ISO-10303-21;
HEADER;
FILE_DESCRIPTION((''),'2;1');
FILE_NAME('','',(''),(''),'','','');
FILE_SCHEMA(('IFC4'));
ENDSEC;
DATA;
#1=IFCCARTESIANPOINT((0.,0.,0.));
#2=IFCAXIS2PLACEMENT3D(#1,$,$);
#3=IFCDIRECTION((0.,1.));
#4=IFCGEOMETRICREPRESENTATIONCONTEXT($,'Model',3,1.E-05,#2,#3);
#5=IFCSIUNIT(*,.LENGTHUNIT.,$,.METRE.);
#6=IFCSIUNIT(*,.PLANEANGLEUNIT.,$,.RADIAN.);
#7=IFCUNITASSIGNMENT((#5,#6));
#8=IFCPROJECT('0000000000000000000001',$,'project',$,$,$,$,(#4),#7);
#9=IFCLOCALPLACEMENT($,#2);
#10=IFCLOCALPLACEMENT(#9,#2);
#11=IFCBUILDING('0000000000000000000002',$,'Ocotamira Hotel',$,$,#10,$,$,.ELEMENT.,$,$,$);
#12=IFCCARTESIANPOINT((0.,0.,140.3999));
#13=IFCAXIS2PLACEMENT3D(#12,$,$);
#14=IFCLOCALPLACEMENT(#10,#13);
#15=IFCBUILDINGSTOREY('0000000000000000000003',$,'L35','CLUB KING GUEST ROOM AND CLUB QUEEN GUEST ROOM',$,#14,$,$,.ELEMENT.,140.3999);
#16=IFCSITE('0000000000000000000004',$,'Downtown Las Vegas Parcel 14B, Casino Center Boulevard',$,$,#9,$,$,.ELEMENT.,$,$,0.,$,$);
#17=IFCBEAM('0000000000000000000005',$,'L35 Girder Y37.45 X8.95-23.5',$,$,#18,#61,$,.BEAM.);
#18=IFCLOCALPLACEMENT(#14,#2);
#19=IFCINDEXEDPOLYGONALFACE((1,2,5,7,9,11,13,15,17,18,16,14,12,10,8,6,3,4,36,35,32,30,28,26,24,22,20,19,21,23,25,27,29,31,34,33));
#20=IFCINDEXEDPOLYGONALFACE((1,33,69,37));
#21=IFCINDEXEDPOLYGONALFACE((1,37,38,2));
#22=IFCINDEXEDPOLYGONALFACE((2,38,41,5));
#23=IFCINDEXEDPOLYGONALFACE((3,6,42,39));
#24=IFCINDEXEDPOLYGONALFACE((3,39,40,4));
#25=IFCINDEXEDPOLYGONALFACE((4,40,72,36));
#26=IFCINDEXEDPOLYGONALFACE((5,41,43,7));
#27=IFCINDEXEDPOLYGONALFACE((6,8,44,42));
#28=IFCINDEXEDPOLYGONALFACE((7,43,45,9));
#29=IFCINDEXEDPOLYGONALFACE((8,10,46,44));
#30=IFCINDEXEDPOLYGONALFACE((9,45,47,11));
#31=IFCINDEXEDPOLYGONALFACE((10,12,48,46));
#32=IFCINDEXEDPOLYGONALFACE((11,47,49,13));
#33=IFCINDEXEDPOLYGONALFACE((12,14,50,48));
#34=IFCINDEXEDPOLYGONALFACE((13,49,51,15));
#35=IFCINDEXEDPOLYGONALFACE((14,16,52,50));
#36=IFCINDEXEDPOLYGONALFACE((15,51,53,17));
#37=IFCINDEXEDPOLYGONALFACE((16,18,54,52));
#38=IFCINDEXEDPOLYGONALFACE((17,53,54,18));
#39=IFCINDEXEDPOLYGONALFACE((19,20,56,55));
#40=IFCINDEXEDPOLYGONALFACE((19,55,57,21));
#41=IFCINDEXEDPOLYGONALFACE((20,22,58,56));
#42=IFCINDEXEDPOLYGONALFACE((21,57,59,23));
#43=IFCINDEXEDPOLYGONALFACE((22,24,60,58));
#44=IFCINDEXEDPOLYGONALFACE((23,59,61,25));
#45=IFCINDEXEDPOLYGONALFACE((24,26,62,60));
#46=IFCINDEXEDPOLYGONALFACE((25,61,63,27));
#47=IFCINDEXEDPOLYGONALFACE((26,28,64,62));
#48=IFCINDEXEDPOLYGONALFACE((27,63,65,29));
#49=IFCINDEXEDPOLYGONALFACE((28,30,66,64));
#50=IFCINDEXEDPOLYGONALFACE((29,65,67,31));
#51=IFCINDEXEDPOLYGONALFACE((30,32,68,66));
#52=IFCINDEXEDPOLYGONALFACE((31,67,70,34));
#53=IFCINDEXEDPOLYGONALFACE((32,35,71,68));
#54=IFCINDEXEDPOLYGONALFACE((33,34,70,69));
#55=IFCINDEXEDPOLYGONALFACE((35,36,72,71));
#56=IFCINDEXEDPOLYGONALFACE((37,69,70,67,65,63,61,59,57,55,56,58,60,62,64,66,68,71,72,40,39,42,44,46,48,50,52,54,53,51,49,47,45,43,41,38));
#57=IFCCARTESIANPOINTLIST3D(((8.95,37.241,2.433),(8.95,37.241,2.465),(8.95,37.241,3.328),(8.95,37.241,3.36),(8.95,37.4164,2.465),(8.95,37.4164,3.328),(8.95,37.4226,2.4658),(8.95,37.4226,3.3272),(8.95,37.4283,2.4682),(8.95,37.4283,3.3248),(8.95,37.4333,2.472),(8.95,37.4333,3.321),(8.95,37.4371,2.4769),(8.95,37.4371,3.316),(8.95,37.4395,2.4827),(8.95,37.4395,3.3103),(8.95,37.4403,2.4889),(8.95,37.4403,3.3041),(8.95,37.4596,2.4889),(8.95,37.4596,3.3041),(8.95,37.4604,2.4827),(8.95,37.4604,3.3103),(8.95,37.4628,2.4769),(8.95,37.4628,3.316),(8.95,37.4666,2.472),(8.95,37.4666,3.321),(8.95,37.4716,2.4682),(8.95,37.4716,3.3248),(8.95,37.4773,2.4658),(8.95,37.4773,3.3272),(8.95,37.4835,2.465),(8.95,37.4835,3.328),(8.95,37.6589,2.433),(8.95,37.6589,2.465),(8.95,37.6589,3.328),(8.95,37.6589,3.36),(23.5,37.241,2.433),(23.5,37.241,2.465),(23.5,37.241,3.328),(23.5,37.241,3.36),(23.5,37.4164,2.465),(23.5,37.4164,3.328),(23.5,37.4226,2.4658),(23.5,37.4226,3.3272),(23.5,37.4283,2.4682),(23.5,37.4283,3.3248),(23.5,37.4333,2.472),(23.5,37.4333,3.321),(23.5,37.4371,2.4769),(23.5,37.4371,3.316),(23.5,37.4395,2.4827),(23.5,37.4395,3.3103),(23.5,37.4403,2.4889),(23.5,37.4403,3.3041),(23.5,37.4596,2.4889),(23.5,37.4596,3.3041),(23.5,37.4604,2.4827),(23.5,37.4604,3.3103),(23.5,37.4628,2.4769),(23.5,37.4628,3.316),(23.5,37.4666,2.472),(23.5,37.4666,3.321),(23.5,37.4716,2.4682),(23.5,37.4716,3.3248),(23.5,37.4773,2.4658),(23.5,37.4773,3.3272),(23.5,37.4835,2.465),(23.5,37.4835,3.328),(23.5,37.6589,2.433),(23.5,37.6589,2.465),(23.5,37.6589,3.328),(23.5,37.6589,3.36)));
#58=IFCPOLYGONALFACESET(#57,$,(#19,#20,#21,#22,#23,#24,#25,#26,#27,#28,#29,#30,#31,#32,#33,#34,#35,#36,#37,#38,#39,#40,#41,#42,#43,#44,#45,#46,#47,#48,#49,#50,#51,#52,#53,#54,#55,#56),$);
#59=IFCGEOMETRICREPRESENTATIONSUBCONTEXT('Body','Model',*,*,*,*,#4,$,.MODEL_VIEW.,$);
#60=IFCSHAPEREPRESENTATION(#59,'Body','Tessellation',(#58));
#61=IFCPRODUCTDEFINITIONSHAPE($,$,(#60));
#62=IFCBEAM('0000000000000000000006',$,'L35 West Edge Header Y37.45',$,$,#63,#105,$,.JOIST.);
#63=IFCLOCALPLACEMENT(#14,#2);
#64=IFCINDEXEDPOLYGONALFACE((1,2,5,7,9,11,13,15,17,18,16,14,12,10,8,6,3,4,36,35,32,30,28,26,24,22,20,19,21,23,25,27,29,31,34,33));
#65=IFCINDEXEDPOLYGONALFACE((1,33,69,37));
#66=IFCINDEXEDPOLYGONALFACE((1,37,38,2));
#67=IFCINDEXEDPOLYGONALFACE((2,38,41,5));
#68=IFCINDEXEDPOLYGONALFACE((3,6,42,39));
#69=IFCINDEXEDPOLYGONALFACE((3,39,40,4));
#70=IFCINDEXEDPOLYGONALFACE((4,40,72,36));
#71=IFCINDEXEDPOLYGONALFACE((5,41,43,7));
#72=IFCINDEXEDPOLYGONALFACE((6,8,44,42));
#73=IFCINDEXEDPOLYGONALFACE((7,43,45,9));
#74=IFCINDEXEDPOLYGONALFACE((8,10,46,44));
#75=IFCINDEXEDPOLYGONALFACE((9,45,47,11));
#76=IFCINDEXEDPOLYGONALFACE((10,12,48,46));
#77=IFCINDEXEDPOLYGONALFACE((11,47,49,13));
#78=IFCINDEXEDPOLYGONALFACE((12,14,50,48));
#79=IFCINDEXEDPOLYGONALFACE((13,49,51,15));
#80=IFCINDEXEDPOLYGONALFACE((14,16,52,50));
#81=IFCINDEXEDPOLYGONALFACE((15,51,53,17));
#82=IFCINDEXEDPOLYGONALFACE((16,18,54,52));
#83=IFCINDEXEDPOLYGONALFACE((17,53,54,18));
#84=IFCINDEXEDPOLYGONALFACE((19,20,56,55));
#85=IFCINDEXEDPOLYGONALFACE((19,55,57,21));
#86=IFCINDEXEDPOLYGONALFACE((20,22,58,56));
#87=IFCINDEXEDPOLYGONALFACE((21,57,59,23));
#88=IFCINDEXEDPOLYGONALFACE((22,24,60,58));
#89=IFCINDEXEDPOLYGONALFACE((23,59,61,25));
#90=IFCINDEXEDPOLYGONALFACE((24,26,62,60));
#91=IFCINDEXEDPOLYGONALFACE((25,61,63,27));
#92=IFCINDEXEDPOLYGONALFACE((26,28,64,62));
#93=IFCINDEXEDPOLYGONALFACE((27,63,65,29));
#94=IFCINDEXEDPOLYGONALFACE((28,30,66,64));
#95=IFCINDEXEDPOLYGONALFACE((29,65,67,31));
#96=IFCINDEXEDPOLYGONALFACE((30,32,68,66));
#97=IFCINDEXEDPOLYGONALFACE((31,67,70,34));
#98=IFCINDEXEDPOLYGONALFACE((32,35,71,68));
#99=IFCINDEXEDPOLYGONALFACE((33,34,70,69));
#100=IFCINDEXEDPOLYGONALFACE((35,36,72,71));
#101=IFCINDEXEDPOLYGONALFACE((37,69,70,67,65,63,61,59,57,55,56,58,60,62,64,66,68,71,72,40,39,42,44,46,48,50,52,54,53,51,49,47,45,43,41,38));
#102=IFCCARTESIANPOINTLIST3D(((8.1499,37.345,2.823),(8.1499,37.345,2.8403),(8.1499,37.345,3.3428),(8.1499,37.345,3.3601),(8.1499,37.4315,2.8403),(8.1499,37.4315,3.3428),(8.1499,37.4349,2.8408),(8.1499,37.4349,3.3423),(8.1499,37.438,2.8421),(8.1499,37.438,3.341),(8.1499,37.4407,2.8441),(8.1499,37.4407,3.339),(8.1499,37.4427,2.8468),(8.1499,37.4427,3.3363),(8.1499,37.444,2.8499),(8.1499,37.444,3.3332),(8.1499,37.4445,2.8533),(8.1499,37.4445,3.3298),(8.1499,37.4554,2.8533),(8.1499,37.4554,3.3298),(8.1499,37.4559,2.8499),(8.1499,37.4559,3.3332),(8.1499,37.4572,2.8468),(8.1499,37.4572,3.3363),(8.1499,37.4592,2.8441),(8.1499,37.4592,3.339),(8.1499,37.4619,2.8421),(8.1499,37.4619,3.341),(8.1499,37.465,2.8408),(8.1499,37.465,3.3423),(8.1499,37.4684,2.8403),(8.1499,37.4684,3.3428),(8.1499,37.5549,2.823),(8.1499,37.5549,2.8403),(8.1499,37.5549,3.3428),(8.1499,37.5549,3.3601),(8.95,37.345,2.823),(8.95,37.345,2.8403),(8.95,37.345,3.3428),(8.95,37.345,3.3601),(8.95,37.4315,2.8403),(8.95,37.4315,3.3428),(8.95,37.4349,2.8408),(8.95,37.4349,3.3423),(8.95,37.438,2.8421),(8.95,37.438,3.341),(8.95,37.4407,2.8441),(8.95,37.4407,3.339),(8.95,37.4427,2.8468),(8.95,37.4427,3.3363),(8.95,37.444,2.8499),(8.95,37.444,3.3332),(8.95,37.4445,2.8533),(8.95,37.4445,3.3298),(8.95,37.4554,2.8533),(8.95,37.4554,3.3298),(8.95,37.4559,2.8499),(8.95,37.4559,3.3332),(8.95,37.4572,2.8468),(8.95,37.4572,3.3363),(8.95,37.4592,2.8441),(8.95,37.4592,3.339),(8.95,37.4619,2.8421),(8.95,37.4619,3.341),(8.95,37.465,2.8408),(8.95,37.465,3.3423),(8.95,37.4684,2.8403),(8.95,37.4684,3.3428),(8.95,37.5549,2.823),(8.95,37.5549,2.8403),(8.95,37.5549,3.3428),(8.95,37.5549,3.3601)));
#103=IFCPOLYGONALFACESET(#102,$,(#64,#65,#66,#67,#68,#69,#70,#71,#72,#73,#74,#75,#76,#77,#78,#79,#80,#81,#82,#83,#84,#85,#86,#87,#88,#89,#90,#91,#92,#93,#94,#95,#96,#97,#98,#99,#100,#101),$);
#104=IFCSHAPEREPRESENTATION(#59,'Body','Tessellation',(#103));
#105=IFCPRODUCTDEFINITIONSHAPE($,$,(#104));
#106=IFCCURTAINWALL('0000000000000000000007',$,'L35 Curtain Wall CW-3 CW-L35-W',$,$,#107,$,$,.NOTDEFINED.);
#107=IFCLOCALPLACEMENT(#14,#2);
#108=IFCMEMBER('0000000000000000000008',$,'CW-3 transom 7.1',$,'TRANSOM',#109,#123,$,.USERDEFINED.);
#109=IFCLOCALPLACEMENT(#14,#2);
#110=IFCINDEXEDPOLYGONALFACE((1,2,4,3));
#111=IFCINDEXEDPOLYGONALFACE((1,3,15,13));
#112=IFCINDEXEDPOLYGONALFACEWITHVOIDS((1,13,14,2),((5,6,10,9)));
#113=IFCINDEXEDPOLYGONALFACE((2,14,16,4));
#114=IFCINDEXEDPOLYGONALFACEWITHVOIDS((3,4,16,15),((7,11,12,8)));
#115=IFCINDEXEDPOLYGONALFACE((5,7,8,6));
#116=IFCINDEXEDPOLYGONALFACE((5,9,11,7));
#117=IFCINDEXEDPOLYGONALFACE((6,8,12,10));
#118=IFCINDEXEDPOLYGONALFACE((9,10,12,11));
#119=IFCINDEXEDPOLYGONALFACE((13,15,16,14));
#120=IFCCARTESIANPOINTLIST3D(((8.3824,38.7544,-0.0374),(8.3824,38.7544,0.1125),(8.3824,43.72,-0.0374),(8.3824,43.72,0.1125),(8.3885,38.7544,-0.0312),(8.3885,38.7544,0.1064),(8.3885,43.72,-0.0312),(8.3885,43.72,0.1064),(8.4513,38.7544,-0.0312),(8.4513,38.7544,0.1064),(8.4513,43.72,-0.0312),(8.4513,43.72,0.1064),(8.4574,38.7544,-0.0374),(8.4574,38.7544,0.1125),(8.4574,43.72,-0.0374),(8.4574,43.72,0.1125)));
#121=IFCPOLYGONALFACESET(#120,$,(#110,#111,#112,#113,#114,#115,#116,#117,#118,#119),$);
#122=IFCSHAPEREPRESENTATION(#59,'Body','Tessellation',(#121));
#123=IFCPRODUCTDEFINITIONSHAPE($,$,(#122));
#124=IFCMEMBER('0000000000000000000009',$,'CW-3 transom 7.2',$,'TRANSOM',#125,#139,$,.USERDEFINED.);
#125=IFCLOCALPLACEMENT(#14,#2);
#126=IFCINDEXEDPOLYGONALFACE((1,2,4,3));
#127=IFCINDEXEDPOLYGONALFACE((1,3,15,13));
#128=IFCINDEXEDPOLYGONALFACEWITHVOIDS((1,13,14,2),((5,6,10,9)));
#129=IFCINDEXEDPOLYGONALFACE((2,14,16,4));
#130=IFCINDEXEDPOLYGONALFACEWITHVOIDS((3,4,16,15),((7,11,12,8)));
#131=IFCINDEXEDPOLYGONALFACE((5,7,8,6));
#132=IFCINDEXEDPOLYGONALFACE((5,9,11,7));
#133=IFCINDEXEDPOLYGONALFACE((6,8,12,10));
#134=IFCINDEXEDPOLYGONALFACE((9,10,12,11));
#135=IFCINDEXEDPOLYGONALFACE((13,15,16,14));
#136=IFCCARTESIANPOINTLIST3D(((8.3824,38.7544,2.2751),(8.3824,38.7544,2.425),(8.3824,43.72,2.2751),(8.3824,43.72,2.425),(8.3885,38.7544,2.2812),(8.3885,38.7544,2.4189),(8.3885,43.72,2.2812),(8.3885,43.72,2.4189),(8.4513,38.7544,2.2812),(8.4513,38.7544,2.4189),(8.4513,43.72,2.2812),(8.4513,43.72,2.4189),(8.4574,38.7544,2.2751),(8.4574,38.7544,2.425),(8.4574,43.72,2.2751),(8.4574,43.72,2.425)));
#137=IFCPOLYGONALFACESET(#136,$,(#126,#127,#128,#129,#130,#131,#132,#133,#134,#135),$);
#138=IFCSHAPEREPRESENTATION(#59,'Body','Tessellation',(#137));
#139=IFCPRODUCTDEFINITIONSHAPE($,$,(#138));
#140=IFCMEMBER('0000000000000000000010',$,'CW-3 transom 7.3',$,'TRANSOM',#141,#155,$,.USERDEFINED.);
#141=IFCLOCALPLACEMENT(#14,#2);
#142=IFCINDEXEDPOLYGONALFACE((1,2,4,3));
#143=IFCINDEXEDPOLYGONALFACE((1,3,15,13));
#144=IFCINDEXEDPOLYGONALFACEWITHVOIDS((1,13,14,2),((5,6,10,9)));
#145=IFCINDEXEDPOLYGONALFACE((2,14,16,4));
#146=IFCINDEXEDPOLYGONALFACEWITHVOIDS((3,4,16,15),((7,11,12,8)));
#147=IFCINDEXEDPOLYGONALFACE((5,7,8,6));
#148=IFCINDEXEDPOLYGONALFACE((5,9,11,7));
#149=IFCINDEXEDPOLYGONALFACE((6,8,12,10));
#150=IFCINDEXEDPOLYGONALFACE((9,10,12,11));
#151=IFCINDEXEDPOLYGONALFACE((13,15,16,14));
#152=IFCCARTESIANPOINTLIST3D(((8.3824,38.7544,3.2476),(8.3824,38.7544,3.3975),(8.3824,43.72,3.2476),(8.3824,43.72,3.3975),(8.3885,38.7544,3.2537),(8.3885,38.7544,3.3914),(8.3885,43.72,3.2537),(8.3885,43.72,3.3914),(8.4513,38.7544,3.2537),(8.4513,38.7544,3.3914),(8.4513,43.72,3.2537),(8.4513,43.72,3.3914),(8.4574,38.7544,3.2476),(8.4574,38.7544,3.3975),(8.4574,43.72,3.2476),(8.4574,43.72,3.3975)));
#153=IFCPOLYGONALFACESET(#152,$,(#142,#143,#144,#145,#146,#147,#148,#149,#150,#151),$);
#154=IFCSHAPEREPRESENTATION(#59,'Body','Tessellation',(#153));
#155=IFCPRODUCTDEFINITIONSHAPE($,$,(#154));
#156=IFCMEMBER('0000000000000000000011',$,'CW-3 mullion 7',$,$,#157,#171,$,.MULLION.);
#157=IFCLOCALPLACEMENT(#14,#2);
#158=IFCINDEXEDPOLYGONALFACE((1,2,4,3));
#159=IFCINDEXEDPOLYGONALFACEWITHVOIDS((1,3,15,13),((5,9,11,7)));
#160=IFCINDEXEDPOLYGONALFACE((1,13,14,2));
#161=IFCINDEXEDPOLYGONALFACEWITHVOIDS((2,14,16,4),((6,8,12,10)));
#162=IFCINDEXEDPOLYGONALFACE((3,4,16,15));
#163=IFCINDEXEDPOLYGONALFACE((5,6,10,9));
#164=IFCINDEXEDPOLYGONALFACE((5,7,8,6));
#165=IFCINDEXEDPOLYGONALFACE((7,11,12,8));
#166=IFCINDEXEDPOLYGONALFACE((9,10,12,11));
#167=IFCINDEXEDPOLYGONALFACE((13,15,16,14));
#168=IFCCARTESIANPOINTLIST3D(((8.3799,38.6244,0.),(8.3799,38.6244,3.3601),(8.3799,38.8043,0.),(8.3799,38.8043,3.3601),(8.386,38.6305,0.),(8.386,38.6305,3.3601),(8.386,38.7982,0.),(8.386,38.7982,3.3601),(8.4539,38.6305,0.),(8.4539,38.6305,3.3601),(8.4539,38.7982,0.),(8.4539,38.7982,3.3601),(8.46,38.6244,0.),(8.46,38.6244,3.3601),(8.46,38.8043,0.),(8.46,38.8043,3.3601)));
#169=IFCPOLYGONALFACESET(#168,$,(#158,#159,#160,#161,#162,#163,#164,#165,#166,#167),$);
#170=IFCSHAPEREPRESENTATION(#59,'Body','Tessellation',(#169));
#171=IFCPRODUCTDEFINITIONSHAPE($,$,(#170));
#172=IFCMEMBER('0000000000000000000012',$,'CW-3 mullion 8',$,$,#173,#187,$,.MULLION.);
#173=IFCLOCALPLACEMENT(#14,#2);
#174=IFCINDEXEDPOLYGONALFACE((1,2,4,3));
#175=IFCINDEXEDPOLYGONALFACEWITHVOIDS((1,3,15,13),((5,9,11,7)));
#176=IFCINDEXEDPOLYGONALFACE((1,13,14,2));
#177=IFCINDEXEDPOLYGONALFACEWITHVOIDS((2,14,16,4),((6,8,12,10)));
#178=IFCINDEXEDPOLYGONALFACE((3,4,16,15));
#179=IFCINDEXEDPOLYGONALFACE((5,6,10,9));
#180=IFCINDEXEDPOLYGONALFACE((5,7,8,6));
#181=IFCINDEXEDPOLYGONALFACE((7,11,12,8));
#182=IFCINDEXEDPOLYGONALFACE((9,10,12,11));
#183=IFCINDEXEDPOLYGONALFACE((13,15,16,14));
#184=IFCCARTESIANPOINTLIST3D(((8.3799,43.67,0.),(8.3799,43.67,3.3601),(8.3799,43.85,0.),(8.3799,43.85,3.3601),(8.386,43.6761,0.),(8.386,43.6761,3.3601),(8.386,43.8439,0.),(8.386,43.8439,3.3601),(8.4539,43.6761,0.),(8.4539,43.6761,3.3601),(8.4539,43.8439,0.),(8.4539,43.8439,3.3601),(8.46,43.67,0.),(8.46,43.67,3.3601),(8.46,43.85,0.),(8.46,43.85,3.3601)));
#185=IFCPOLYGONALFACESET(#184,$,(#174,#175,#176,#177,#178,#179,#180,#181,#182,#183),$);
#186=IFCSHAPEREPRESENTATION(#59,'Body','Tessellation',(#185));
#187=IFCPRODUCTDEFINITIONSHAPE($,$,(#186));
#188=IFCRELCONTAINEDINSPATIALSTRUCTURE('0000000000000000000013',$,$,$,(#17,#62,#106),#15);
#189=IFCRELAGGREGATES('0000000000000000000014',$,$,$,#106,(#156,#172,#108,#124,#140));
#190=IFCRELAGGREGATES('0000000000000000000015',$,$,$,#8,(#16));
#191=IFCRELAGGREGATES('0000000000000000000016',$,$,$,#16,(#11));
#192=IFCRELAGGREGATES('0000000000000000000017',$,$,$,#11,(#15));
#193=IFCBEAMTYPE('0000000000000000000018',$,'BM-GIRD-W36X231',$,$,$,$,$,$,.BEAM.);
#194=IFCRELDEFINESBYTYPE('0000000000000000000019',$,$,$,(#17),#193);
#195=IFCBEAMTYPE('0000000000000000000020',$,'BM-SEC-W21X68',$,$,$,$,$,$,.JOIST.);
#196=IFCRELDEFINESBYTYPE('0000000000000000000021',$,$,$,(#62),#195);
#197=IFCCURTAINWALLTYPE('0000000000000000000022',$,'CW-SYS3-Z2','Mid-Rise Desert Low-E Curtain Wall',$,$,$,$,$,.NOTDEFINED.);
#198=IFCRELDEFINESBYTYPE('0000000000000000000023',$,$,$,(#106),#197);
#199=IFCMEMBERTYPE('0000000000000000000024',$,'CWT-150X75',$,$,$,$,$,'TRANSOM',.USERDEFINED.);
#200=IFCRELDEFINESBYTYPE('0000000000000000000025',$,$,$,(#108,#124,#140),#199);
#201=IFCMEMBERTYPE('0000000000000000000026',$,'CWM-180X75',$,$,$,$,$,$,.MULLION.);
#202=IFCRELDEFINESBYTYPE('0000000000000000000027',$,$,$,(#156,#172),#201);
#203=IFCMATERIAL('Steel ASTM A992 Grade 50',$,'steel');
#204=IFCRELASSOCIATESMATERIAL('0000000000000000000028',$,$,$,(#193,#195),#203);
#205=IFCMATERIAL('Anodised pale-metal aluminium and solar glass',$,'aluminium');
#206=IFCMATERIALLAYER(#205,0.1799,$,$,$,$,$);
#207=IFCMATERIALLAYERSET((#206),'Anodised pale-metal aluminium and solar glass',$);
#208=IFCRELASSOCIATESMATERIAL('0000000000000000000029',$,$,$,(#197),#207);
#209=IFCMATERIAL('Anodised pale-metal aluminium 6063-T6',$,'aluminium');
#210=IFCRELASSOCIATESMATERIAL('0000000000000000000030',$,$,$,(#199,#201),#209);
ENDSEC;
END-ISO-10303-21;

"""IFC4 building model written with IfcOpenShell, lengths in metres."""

from ifc_helpers import new_model, si_unit, direction, frame, origin, origin_2d, place, context, subcontext, project, spatial, hollow_rectangle, i_section, extrude, source, transform, mapped, material, layer, layer_set, material_profile, profile_set, type_object, element, aggregate, save


model = new_model("IFC4")

# Units and contexts
model_context = context("Model", 3, precision=1e-05, world=origin(), true_north=direction((0.0, 1.0)))
body_context = subcontext(model_context, "Body", "Model", "MODEL_VIEW")
ifc_project = project(units=[si_unit("LENGTHUNIT", "METRE"), si_unit("PLANEANGLEUNIT", "RADIAN")], contexts=[model_context])

# Site, building, storey
site_placement = place(None, origin())
site = spatial("IfcSite", under=ifc_project, at=site_placement, Name="Downtown Las Vegas Parcel 14B, Casino Center Boulevard", CompositionType="ELEMENT", RefElevation=0.0)
building_placement = place(site_placement, origin())
building = spatial("IfcBuilding", under=site, at=building_placement, Name="Ocotamira Hotel", CompositionType="ELEMENT")
storey_placement = place(building_placement, frame((0.0, 0.0, 140.3999)))
storey = spatial("IfcBuildingStorey", under=building, at=storey_placement, Name="L35", Description="CLUB KING GUEST ROOM AND CLUB QUEEN GUEST ROOM", CompositionType="ELEMENT", Elevation=140.3999)

# Beams
ifc_material_1 = material(Name="Steel ASTM A992 Grade 50", Category="steel")
ifc_material_profile_1 = material_profile(ifc_material_1, i_section(OverallWidth=0.418, OverallDepth=0.927, WebThickness=0.0193, FlangeThickness=0.032, FilletRadius=0.0239, at=origin_2d()), Name="W36X231")
ifc_profile_set_1 = profile_set([ifc_material_profile_1], Name="Steel ASTM A992 Grade 50")
beam_type_1 = type_object("IfcBeamType", Name="BM-GIRD-W36X231", PredefinedType="BEAM", material=ifc_profile_set_1)
shared_shape_1 = source(origin(), body_context, "Body", "SweptSolid", [
    extrude(i_section(OverallWidth=0.418, OverallDepth=0.927, WebThickness=0.0193, FlangeThickness=0.032, FilletRadius=0.0239, at=origin_2d()), origin(), (0.0, 0.0, 1.0), 14.55),
])
beam_1_placement = place(storey_placement, frame((8.95, 37.45, 2.8965), z_axis=(1.0, 0.0, 0.0), x_axis=(0.0, 1.0, 0.0)))
element("IfcBeam", 1, at=beam_1_placement, inside=storey, type_object=beam_type_1, Name="L35 Girder Y37.45 X8.95-23.5", PredefinedType="BEAM", context=body_context, shape_type="MappedRepresentation", body=[
    mapped(shared_shape_1, transform((0.0, 0.0, 0.0), scale=1.0)),
])
ifc_material_profile_2 = material_profile(ifc_material_1, i_section(OverallWidth=0.21, OverallDepth=0.5371, WebThickness=0.011, FlangeThickness=0.0173, FilletRadius=0.0129, at=origin_2d()), Name="W21X68")
ifc_profile_set_2 = profile_set([ifc_material_profile_2], Name="Steel ASTM A992 Grade 50")
beam_type_2 = type_object("IfcBeamType", Name="BM-SEC-W21X68", PredefinedType="JOIST", material=ifc_profile_set_2)
shared_shape_2 = source(origin(), body_context, "Body", "SweptSolid", [
    extrude(i_section(OverallWidth=0.21, OverallDepth=0.5371, WebThickness=0.011, FlangeThickness=0.0173, FilletRadius=0.0129, at=origin_2d()), origin(), (0.0, 0.0, 1.0), 0.8),
])
beam_2_placement = place(storey_placement, frame((8.95, 37.45, 3.0916), z_axis=(-1.0, 0.0, 0.0), x_axis=(0.0, -1.0, 0.0)))
element("IfcBeam", 2, at=beam_2_placement, inside=storey, type_object=beam_type_2, Name="L35 West Edge Header Y37.45", PredefinedType="JOIST", context=body_context, shape_type="MappedRepresentation", body=[
    mapped(shared_shape_2, transform((0.0, 0.0, 0.0), scale=1.0)),
])

# Curtain wall, members
ifc_material_2 = material(Name="Anodised pale-metal aluminium and solar glass", Category="aluminium")
ifc_layer_1 = layer(ifc_material_2, 0.1799)
ifc_layer_set_1 = layer_set([ifc_layer_1], Name="Anodised pale-metal aluminium and solar glass")
curtain_wall_type = type_object("IfcCurtainWallType", Name="CW-SYS3-Z2", Description="Mid-Rise Desert Low-E Curtain Wall", PredefinedType="NOTDEFINED", material=ifc_layer_set_1)
curtain_wall_placement = place(storey_placement, origin())
curtain_wall = element("IfcCurtainWall", 3, at=curtain_wall_placement, inside=storey, type_object=curtain_wall_type, Name="L35 Curtain Wall CW-3 CW-L35-W", PredefinedType="NOTDEFINED")
ifc_material_3 = material(Name="Anodised pale-metal aluminium 6063-T6", Category="aluminium")
ifc_material_profile_3 = material_profile(ifc_material_3, hollow_rectangle(XDim=0.075, YDim=0.1499, WallThickness=0.0061, at=origin_2d()), Name="HSS150X75X6")
ifc_profile_set_3 = profile_set([ifc_material_profile_3], Name="Anodised pale-metal aluminium 6063-T6")
member_type_1 = type_object("IfcMemberType", Name="CWT-150X75", ElementType="TRANSOM", PredefinedType="USERDEFINED", material=ifc_profile_set_3)
shared_shape_3 = source(origin(), body_context, "Body", "SweptSolid", [
    extrude(hollow_rectangle(XDim=0.075, YDim=0.1499, WallThickness=0.0061, at=origin_2d()), origin(), (0.0, 0.0, 1.0), 4.9656),
])
member_1_placement = place(storey_placement, frame((8.4199, 38.7544, 0.0376), z_axis=(0.0, 1.0, 0.0), x_axis=(-1.0, 0.0, 0.0)))
member_1 = element("IfcMember", 4, at=member_1_placement, type_object=member_type_1, Name="CW-3 transom 7.1", ObjectType="TRANSOM", PredefinedType="USERDEFINED", context=body_context, shape_type="MappedRepresentation", body=[
    mapped(shared_shape_3, transform((0.0, 0.0, 0.0), scale=1.0)),
])
member_2_placement = place(storey_placement, frame((8.4199, 38.7544, 2.3501), z_axis=(0.0, 1.0, 0.0), x_axis=(-1.0, 0.0, 0.0)))
member_2 = element("IfcMember", 5, at=member_2_placement, type_object=member_type_1, Name="CW-3 transom 7.2", ObjectType="TRANSOM", PredefinedType="USERDEFINED", context=body_context, shape_type="MappedRepresentation", body=[
    mapped(shared_shape_3, transform((0.0, 0.0, 0.0), scale=1.0)),
])
member_3_placement = place(storey_placement, frame((8.4199, 38.7544, 3.3225), z_axis=(0.0, 1.0, 0.0), x_axis=(-1.0, 0.0, 0.0)))
member_3 = element("IfcMember", 6, at=member_3_placement, type_object=member_type_1, Name="CW-3 transom 7.3", ObjectType="TRANSOM", PredefinedType="USERDEFINED", context=body_context, shape_type="MappedRepresentation", body=[
    mapped(shared_shape_3, transform((0.0, 0.0, 0.0), scale=1.0)),
])
ifc_material_profile_4 = material_profile(ifc_material_3, hollow_rectangle(XDim=0.0801, YDim=0.1799, WallThickness=0.0061, at=origin_2d()), Name="HSS180X80X6")
ifc_profile_set_4 = profile_set([ifc_material_profile_4], Name="Anodised pale-metal aluminium 6063-T6")
member_type_2 = type_object("IfcMemberType", Name="CWM-180X75", PredefinedType="MULLION", material=ifc_profile_set_4)
shared_shape_4 = source(origin(), body_context, "Body", "SweptSolid", [
    extrude(hollow_rectangle(XDim=0.0801, YDim=0.1799, WallThickness=0.0061, at=origin_2d()), origin(), (0.0, 0.0, 1.0), 3.3601),
])
member_4_placement = place(storey_placement, frame((8.4199, 38.7144, 0.0), z_axis=(0.0, 0.0, 1.0), x_axis=(-1.0, 0.0, 0.0)))
member_4 = element("IfcMember", 7, at=member_4_placement, type_object=member_type_2, Name="CW-3 mullion 7", PredefinedType="MULLION", context=body_context, shape_type="MappedRepresentation", body=[
    mapped(shared_shape_4, transform((0.0, 0.0, 0.0), scale=1.0)),
])
member_5_placement = place(storey_placement, frame((8.4199, 43.76, 0.0), z_axis=(0.0, 0.0, 1.0), x_axis=(-1.0, 0.0, 0.0)))
member_5 = element("IfcMember", 8, at=member_5_placement, type_object=member_type_2, Name="CW-3 mullion 8", PredefinedType="MULLION", context=body_context, shape_type="MappedRepresentation", body=[
    mapped(shared_shape_4, transform((0.0, 0.0, 0.0), scale=1.0)),
])
aggregate(curtain_wall, [member_4, member_5, member_1, member_2, member_3])

save(model, "model.ifc")
